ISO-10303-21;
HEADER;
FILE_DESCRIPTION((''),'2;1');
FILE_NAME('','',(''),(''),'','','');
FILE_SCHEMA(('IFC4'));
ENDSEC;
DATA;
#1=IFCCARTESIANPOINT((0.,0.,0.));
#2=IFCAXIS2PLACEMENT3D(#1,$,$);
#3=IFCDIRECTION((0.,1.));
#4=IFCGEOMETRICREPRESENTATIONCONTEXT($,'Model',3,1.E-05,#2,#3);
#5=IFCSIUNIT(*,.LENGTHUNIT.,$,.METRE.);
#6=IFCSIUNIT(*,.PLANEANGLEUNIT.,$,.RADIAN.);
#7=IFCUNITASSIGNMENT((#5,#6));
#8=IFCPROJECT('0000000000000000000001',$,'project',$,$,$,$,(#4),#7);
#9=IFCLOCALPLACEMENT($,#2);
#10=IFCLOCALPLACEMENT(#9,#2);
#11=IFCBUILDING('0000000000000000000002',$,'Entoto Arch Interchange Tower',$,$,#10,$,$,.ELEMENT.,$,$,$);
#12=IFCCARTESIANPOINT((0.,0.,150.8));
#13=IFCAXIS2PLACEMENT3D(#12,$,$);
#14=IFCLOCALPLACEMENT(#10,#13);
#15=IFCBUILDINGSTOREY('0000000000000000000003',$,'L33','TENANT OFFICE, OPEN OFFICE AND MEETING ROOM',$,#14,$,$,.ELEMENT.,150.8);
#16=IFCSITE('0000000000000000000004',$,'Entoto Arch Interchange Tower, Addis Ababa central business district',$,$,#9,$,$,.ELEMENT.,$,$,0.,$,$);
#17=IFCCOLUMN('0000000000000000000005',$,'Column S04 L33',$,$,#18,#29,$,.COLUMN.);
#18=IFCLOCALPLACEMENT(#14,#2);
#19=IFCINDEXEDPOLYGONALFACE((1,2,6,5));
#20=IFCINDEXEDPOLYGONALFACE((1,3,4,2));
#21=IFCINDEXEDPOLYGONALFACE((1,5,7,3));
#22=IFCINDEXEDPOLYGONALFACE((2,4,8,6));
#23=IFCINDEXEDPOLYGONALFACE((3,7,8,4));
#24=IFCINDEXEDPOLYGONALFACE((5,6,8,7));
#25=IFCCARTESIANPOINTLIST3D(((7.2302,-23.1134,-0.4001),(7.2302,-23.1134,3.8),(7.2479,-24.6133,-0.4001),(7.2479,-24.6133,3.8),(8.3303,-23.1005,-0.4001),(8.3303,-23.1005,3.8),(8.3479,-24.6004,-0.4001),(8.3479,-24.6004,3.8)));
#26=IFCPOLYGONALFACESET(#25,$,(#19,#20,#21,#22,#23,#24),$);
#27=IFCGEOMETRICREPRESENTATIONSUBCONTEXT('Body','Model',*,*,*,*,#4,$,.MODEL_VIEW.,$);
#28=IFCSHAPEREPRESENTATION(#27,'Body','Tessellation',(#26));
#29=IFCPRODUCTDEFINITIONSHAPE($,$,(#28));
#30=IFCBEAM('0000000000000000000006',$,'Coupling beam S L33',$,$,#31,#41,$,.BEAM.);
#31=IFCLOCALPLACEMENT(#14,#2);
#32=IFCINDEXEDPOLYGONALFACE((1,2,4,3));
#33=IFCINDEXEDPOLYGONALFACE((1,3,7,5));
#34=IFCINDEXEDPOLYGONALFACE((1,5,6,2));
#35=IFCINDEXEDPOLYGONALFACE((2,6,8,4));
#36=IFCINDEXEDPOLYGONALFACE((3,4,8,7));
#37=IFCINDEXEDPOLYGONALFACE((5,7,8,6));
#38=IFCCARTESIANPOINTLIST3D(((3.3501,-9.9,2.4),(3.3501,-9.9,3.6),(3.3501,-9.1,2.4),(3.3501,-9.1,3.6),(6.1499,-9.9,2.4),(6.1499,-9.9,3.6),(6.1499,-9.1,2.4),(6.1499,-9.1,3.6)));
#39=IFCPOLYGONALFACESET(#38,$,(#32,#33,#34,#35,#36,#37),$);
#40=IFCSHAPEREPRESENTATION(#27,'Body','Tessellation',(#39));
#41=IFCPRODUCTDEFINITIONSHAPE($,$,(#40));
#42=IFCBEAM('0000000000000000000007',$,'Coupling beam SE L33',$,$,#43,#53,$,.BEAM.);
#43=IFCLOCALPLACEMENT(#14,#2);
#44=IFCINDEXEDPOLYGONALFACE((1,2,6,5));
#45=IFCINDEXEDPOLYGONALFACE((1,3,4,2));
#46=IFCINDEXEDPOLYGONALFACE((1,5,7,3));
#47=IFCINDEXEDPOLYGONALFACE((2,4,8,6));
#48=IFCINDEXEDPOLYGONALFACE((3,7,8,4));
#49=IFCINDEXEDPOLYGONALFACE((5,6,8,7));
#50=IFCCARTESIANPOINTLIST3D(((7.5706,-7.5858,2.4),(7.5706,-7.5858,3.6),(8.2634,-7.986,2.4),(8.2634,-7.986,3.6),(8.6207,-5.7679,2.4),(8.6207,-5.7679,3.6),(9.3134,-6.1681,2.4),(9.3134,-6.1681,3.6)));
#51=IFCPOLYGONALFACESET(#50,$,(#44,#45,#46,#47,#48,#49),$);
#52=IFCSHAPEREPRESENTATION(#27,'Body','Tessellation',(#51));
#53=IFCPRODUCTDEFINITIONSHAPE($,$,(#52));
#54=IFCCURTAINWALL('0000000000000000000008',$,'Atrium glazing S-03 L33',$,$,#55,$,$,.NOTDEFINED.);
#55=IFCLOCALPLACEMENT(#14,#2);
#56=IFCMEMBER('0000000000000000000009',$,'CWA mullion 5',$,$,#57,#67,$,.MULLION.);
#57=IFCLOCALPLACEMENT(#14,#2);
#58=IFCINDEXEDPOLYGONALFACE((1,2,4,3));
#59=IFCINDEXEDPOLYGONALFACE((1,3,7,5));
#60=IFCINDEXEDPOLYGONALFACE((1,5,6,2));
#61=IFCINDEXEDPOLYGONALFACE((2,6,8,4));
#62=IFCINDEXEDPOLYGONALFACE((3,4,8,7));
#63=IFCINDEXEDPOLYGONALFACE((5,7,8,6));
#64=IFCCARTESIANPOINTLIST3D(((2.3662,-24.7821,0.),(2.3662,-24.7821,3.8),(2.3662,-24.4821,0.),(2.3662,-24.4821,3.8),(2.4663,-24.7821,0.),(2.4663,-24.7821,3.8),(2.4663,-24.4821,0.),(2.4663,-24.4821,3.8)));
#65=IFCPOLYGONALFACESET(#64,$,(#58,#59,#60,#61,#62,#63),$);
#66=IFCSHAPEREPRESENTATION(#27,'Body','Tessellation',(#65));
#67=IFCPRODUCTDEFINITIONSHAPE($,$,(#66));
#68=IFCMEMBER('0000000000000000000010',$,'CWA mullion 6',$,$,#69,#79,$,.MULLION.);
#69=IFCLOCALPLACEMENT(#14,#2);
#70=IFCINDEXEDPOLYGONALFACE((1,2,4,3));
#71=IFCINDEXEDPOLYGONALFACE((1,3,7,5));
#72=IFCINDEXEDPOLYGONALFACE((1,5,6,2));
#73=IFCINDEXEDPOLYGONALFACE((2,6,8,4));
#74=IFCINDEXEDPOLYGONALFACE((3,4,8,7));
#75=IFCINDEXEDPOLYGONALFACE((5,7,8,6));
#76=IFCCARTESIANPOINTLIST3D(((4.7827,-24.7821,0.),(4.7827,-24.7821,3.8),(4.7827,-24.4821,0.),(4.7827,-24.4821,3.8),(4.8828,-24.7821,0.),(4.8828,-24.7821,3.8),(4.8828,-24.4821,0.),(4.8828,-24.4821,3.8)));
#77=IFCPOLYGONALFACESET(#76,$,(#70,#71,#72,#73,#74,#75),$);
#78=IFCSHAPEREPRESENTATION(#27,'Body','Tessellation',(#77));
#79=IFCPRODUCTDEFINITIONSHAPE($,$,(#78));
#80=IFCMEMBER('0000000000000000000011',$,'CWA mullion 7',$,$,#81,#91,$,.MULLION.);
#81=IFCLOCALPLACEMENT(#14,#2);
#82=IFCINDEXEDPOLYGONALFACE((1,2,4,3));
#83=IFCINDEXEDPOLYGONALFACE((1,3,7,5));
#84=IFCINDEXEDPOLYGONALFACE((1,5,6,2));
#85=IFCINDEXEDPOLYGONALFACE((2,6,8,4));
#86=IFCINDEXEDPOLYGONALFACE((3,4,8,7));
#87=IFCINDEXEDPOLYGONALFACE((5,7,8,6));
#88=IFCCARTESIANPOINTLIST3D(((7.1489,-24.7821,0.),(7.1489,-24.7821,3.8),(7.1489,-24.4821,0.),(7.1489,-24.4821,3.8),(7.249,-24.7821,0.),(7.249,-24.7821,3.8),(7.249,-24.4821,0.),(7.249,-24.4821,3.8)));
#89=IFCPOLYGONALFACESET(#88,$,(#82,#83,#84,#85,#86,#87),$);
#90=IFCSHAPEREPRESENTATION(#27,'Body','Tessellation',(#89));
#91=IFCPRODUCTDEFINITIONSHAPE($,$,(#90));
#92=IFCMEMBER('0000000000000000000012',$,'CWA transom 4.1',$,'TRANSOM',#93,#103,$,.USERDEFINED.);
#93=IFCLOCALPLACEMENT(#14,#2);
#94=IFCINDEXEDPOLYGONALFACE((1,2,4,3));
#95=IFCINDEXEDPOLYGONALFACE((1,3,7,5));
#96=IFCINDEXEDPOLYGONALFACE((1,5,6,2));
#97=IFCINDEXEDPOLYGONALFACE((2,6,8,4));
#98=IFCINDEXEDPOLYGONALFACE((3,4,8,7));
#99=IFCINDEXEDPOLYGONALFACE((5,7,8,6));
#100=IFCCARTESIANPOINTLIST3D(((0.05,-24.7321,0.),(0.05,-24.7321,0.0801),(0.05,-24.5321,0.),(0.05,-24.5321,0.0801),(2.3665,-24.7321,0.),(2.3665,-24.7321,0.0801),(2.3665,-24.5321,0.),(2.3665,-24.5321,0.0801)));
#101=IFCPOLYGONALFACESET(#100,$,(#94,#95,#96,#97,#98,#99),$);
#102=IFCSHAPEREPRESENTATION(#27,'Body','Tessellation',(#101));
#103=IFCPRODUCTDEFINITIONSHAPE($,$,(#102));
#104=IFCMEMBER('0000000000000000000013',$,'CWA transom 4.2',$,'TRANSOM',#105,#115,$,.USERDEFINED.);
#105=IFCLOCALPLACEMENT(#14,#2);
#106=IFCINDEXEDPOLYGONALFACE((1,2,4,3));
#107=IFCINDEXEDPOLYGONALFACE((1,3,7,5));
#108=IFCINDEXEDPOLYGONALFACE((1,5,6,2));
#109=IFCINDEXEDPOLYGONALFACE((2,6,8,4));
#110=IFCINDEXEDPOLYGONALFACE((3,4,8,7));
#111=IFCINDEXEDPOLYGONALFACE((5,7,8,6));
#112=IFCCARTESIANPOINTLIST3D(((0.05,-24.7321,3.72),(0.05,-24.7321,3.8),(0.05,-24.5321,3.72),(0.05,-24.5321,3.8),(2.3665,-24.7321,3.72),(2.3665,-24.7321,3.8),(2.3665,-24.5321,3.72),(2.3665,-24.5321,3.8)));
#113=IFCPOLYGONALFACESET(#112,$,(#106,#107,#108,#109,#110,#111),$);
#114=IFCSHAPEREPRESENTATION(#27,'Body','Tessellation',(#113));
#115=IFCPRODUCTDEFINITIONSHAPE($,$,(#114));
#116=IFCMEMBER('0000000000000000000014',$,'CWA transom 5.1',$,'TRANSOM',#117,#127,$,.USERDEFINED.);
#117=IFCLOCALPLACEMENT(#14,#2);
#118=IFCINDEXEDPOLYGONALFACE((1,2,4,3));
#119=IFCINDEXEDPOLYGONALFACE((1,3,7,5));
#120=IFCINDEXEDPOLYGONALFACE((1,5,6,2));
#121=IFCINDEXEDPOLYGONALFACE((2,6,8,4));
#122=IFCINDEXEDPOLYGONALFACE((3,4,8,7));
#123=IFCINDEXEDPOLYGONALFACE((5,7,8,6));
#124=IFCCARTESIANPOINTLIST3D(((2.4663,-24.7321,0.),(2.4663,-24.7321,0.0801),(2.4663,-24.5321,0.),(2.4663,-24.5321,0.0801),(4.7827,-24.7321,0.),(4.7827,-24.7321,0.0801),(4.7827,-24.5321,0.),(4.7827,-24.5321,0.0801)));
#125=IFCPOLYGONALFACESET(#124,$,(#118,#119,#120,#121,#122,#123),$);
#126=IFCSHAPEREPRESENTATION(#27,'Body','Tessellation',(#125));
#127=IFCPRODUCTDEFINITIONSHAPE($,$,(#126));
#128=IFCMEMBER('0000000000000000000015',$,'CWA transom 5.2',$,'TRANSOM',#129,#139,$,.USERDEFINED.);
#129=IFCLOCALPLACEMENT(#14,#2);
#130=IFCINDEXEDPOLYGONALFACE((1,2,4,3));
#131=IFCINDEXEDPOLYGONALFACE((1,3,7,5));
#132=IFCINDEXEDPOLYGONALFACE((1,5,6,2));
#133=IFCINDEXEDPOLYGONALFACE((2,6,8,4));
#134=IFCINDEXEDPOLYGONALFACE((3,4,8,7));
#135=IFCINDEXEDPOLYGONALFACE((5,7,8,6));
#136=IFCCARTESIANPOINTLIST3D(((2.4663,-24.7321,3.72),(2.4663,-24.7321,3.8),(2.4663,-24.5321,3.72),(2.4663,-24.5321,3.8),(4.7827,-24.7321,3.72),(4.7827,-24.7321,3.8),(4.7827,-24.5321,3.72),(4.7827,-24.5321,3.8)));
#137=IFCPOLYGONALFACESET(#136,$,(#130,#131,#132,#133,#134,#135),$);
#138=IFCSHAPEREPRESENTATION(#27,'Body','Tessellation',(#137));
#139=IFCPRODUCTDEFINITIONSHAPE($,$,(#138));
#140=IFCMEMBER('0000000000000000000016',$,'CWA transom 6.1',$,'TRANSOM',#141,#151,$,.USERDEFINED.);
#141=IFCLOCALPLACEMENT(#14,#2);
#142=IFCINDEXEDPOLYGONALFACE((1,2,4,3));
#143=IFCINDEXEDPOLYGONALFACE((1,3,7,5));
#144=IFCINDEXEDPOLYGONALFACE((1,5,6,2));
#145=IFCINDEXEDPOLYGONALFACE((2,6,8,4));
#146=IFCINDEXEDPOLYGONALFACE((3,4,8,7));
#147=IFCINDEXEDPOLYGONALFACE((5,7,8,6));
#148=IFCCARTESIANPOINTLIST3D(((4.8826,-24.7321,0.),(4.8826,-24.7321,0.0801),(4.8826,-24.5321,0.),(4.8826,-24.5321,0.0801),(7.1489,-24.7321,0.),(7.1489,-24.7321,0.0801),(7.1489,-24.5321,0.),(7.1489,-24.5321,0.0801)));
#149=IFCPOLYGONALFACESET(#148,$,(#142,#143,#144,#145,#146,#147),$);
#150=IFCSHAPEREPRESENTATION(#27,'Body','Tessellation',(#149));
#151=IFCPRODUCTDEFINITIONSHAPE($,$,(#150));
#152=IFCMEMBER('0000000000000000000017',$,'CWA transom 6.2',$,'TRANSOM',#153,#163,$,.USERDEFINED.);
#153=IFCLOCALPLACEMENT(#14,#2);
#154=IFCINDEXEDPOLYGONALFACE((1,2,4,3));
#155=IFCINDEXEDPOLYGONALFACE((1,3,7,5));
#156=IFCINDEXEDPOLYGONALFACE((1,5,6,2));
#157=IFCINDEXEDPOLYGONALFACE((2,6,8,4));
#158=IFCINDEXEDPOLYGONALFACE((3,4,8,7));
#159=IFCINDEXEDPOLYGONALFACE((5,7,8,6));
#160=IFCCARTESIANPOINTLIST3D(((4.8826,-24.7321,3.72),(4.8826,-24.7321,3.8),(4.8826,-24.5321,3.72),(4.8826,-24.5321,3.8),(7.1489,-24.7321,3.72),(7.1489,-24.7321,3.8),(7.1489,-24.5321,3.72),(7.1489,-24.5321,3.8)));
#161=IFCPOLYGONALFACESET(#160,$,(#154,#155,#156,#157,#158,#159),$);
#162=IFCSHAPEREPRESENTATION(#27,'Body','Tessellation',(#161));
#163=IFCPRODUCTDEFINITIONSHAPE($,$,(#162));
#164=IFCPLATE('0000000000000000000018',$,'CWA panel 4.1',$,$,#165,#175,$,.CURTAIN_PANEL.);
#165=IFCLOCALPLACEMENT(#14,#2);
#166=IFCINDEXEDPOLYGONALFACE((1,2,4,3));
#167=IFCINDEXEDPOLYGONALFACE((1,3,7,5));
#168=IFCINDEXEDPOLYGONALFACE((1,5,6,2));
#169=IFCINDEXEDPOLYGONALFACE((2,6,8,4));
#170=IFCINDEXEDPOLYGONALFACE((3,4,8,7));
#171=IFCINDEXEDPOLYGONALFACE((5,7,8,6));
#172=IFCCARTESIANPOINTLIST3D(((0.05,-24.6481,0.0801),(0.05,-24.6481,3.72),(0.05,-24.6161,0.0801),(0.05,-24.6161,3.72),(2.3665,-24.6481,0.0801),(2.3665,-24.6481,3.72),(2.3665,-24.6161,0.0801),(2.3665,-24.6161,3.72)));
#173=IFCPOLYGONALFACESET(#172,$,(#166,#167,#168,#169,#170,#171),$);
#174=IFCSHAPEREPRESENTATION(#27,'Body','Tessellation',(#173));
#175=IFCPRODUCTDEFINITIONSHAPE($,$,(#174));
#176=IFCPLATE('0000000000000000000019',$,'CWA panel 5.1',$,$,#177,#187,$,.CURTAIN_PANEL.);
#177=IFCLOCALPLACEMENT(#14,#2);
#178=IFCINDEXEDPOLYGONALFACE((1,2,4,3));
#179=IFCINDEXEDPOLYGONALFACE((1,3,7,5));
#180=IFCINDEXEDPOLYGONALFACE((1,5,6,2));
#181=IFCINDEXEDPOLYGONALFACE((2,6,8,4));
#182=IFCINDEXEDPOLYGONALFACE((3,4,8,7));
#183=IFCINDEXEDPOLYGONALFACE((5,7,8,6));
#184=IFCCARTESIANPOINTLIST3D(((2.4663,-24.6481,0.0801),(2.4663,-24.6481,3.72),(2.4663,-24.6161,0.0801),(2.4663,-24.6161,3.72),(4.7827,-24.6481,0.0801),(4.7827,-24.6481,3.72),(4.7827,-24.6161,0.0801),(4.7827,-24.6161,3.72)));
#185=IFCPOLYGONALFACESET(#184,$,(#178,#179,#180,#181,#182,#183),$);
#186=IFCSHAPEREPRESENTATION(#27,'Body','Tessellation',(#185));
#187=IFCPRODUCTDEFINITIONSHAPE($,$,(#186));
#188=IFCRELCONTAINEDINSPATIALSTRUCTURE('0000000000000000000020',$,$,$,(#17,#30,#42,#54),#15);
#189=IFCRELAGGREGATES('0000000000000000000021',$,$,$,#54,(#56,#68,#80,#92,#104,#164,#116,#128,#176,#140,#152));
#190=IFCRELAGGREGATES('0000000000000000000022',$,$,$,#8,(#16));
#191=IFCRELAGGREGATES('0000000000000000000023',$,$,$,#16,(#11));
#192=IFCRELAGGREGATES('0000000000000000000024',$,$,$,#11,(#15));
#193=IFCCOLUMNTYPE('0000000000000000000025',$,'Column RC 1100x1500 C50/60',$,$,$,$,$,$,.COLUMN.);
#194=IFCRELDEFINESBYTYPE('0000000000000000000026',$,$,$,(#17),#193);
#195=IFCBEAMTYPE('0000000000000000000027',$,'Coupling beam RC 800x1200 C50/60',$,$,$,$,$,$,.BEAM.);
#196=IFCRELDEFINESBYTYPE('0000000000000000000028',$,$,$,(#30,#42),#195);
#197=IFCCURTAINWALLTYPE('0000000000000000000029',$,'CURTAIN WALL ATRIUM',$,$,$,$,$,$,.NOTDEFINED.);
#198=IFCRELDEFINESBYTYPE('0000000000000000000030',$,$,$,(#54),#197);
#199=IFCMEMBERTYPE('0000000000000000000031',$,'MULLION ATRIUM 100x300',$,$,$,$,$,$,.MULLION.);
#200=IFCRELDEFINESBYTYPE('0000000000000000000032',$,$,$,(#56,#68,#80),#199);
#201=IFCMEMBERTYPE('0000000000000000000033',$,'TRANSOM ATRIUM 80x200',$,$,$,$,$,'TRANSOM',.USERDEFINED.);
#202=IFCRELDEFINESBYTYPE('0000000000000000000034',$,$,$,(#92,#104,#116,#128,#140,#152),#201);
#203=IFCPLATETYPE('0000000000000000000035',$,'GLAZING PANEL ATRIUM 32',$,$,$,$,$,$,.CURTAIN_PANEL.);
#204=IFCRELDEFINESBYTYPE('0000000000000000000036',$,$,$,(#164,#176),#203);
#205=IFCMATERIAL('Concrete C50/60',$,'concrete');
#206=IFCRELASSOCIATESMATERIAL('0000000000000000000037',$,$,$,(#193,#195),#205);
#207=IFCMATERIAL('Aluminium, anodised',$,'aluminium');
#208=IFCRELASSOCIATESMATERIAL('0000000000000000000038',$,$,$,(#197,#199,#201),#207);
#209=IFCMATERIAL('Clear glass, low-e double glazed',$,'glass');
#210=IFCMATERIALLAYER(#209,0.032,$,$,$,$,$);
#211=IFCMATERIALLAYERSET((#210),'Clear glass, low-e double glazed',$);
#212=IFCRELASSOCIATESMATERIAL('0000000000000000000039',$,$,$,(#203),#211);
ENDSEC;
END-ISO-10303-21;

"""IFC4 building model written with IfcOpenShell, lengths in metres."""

from ifc_helpers import new_model, si_unit, direction, frame, origin, origin_2d, place, context, subcontext, project, spatial, rectangle, extrude, material, layer, layer_set, material_profile, profile_set, type_object, element, aggregate, save


model = new_model("IFC4")

# Units and contexts
model_context = context("Model", 3, precision=1e-05, world=origin(), true_north=direction((0.0, 1.0)))
body_context = subcontext(model_context, "Body", "Model", "MODEL_VIEW")
ifc_project = project(units=[si_unit("LENGTHUNIT", "METRE"), si_unit("PLANEANGLEUNIT", "RADIAN")], contexts=[model_context])

# Site, building, storey
site_placement = place(None, origin())
site = spatial("IfcSite", under=ifc_project, at=site_placement, Name="Entoto Arch Interchange Tower, Addis Ababa central business district", CompositionType="ELEMENT", RefElevation=0.0)
building_placement = place(site_placement, origin())
building = spatial("IfcBuilding", under=site, at=building_placement, Name="Entoto Arch Interchange Tower", CompositionType="ELEMENT")
storey_placement = place(building_placement, frame((0.0, 0.0, 150.8)))
storey = spatial("IfcBuildingStorey", under=building, at=storey_placement, Name="L33", Description="TENANT OFFICE, OPEN OFFICE AND MEETING ROOM", CompositionType="ELEMENT", Elevation=150.8)

# Column
ifc_material_1 = material(Name="Concrete C50/60", Category="concrete")
ifc_material_profile_1 = material_profile(ifc_material_1, rectangle(XDim=1.1001, YDim=1.5, at=origin_2d()))
ifc_profile_set_1 = profile_set([ifc_material_profile_1], Name="Concrete C50/60")
column_type = type_object("IfcColumnType", Name="Column RC 1100x1500 C50/60", PredefinedType="COLUMN", material=ifc_profile_set_1)
column_placement = place(storey_placement, frame((7.7891, -23.8569, -0.4001), z_axis=(0.0, 0.0, 1.0), x_axis=(0.999931, 0.011746, 0.0)))
element("IfcColumn", 1, at=column_placement, inside=storey, type_object=column_type, Name="Column S04 L33", PredefinedType="COLUMN", context=body_context, shape_type="SweptSolid", body=[
    extrude(rectangle(XDim=1.1001, YDim=1.5, at=origin_2d()), origin(), (0.0, 0.0, 1.0), 4.2002),
])

# Beams
ifc_material_profile_2 = material_profile(ifc_material_1, rectangle(XDim=0.8, YDim=1.2, at=origin_2d()))
ifc_profile_set_2 = profile_set([ifc_material_profile_2], Name="Concrete C50/60")
beam_type = type_object("IfcBeamType", Name="Coupling beam RC 800x1200 C50/60", PredefinedType="BEAM", material=ifc_profile_set_2)
beam_1_placement = place(storey_placement, frame((3.3501, -9.5, 3.0), z_axis=(1.0, 0.0, 0.0), x_axis=(0.0, 1.0, 0.0)))
element("IfcBeam", 2, at=beam_1_placement, inside=storey, type_object=beam_type, Name="Coupling beam S L33", PredefinedType="BEAM", context=body_context, shape_type="SweptSolid", body=[
    extrude(rectangle(XDim=0.8, YDim=1.2, at=origin_2d()), origin(), (0.0, 0.0, 1.0), 2.7998),
])
beam_2_placement = place(storey_placement, frame((7.917, -7.7859, 3.0), z_axis=(0.500179, 0.865922, 0.0), x_axis=(-0.865922, 0.500179, 0.0)))
element("IfcBeam", 3, at=beam_2_placement, inside=storey, type_object=beam_type, Name="Coupling beam SE L33", PredefinedType="BEAM", context=body_context, shape_type="SweptSolid", body=[
    extrude(rectangle(XDim=0.8, YDim=1.2, at=origin_2d()), origin(), (0.0, 0.0, 1.0), 2.0994),
])

# Curtain wall, members, plates
ifc_material_2 = material(Name="Aluminium, anodised", Category="aluminium")
curtain_wall_type = type_object("IfcCurtainWallType", Name="CURTAIN WALL ATRIUM", PredefinedType="NOTDEFINED", material=ifc_material_2)
curtain_wall_placement = place(storey_placement, origin())
curtain_wall = element("IfcCurtainWall", 4, at=curtain_wall_placement, inside=storey, type_object=curtain_wall_type, Name="Atrium glazing S-03 L33", PredefinedType="NOTDEFINED")
ifc_material_profile_3 = material_profile(ifc_material_2, rectangle(XDim=0.3, YDim=0.1001, at=origin_2d()))
ifc_profile_set_3 = profile_set([ifc_material_profile_3], Name="Aluminium, anodised")
member_type_1 = type_object("IfcMemberType", Name="MULLION ATRIUM 100x300", PredefinedType="MULLION", material=ifc_profile_set_3)
member_1_placement = place(storey_placement, frame((2.4163, -24.6321, 0.0), z_axis=(0.0, 0.0, 1.0), x_axis=(0.0, 1.0, 0.0)))
member_1 = element("IfcMember", 5, at=member_1_placement, type_object=member_type_1, Name="CWA mullion 5", PredefinedType="MULLION", context=body_context, shape_type="SweptSolid", body=[
    extrude(rectangle(XDim=0.3, YDim=0.1001, at=origin_2d()), origin(), (0.0, 0.0, 1.0), 3.8),
])
member_2_placement = place(storey_placement, frame((4.8328, -24.6321, 0.0), z_axis=(0.0, 0.0, 1.0), x_axis=(0.0, 1.0, 0.0)))
member_2 = element("IfcMember", 6, at=member_2_placement, type_object=member_type_1, Name="CWA mullion 6", PredefinedType="MULLION", context=body_context, shape_type="SweptSolid", body=[
    extrude(rectangle(XDim=0.3, YDim=0.1001, at=origin_2d()), origin(), (0.0, 0.0, 1.0), 3.8),
])
member_3_placement = place(storey_placement, frame((7.199, -24.6321, 0.0), z_axis=(0.0, 0.0, 1.0), x_axis=(0.0, 1.0, 0.0)))
member_3 = element("IfcMember", 7, at=member_3_placement, type_object=member_type_1, Name="CWA mullion 7", PredefinedType="MULLION", context=body_context, shape_type="SweptSolid", body=[
    extrude(rectangle(XDim=0.3, YDim=0.1001, at=origin_2d()), origin(), (0.0, 0.0, 1.0), 3.8),
])
ifc_material_profile_4 = material_profile(ifc_material_2, rectangle(XDim=0.2, YDim=0.0801, at=origin_2d()))
ifc_profile_set_4 = profile_set([ifc_material_profile_4], Name="Aluminium, anodised")
member_type_2 = type_object("IfcMemberType", Name="TRANSOM ATRIUM 80x200", ElementType="TRANSOM", PredefinedType="USERDEFINED", material=ifc_profile_set_4)
member_4_placement = place(storey_placement, frame((0.05, -24.6321, 0.04), z_axis=(1.0, 0.0, 0.0), x_axis=(0.0, 1.0, 0.0)))
member_4 = element("IfcMember", 8, at=member_4_placement, type_object=member_type_2, Name="CWA transom 4.1", ObjectType="TRANSOM", PredefinedType="USERDEFINED", context=body_context, shape_type="SweptSolid", body=[
    extrude(rectangle(XDim=0.2, YDim=0.0801, at=origin_2d()), origin(), (0.0, 0.0, 1.0), 2.3164),
])
member_5_placement = place(storey_placement, frame((0.05, -24.6321, 3.76), z_axis=(1.0, 0.0, 0.0), x_axis=(0.0, 1.0, 0.0)))
member_5 = element("IfcMember", 9, at=member_5_placement, type_object=member_type_2, Name="CWA transom 4.2", ObjectType="TRANSOM", PredefinedType="USERDEFINED", context=body_context, shape_type="SweptSolid", body=[
    extrude(rectangle(XDim=0.2, YDim=0.0801, at=origin_2d()), origin(), (0.0, 0.0, 1.0), 2.3164),
])
member_6_placement = place(storey_placement, frame((2.4663, -24.6321, 0.04), z_axis=(1.0, 0.0, 0.0), x_axis=(0.0, 1.0, 0.0)))
member_6 = element("IfcMember", 10, at=member_6_placement, type_object=member_type_2, Name="CWA transom 5.1", ObjectType="TRANSOM", PredefinedType="USERDEFINED", context=body_context, shape_type="SweptSolid", body=[
    extrude(rectangle(XDim=0.2, YDim=0.0801, at=origin_2d()), origin(), (0.0, 0.0, 1.0), 2.3164),
])
member_7_placement = place(storey_placement, frame((2.4663, -24.6321, 3.76), z_axis=(1.0, 0.0, 0.0), x_axis=(0.0, 1.0, 0.0)))
member_7 = element("IfcMember", 11, at=member_7_placement, type_object=member_type_2, Name="CWA transom 5.2", ObjectType="TRANSOM", PredefinedType="USERDEFINED", context=body_context, shape_type="SweptSolid", body=[
    extrude(rectangle(XDim=0.2, YDim=0.0801, at=origin_2d()), origin(), (0.0, 0.0, 1.0), 2.3164),
])
member_8_placement = place(storey_placement, frame((4.8826, -24.6321, 0.04), z_axis=(1.0, 0.0, 0.0), x_axis=(0.0, 1.0, 0.0)))
member_8 = element("IfcMember", 12, at=member_8_placement, type_object=member_type_2, Name="CWA transom 6.1", ObjectType="TRANSOM", PredefinedType="USERDEFINED", context=body_context, shape_type="SweptSolid", body=[
    extrude(rectangle(XDim=0.2, YDim=0.0801, at=origin_2d()), origin(), (0.0, 0.0, 1.0), 2.2664),
])
member_9_placement = place(storey_placement, frame((4.8826, -24.6321, 3.76), z_axis=(1.0, 0.0, 0.0), x_axis=(0.0, 1.0, 0.0)))
member_9 = element("IfcMember", 13, at=member_9_placement, type_object=member_type_2, Name="CWA transom 6.2", ObjectType="TRANSOM", PredefinedType="USERDEFINED", context=body_context, shape_type="SweptSolid", body=[
    extrude(rectangle(XDim=0.2, YDim=0.0801, at=origin_2d()), origin(), (0.0, 0.0, 1.0), 2.2664),
])
ifc_material_3 = material(Name="Clear glass, low-e double glazed", Category="glass")
ifc_layer_1 = layer(ifc_material_3, 0.032)
ifc_layer_set_1 = layer_set([ifc_layer_1], Name="Clear glass, low-e double glazed")
plate_type = type_object("IfcPlateType", Name="GLAZING PANEL ATRIUM 32", PredefinedType="CURTAIN_PANEL", material=ifc_layer_set_1)
plate_1_placement = place(storey_placement, frame((1.2083, -24.6321, 0.0801), z_axis=(0.0, 0.0, 1.0), x_axis=(1.0, 0.0, 0.0)))
plate_1 = element("IfcPlate", 14, at=plate_1_placement, type_object=plate_type, Name="CWA panel 4.1", PredefinedType="CURTAIN_PANEL", context=body_context, shape_type="SweptSolid", body=[
    extrude(rectangle(XDim=2.3164, YDim=0.032, at=origin_2d()), origin(), (0.0, 0.0, 1.0), 3.6399),
])
plate_2_placement = place(storey_placement, frame((3.6245, -24.6321, 0.0801), z_axis=(0.0, 0.0, 1.0), x_axis=(1.0, 0.0, 0.0)))
plate_2 = element("IfcPlate", 15, at=plate_2_placement, type_object=plate_type, Name="CWA panel 5.1", PredefinedType="CURTAIN_PANEL", context=body_context, shape_type="SweptSolid", body=[
    extrude(rectangle(XDim=2.3164, YDim=0.032, at=origin_2d()), origin(), (0.0, 0.0, 1.0), 3.6399),
])
aggregate(curtain_wall, [member_1, member_2, member_3, member_4, member_5, plate_1, member_6, member_7, plate_2, member_8, member_9])

save(model, "model.ifc")
